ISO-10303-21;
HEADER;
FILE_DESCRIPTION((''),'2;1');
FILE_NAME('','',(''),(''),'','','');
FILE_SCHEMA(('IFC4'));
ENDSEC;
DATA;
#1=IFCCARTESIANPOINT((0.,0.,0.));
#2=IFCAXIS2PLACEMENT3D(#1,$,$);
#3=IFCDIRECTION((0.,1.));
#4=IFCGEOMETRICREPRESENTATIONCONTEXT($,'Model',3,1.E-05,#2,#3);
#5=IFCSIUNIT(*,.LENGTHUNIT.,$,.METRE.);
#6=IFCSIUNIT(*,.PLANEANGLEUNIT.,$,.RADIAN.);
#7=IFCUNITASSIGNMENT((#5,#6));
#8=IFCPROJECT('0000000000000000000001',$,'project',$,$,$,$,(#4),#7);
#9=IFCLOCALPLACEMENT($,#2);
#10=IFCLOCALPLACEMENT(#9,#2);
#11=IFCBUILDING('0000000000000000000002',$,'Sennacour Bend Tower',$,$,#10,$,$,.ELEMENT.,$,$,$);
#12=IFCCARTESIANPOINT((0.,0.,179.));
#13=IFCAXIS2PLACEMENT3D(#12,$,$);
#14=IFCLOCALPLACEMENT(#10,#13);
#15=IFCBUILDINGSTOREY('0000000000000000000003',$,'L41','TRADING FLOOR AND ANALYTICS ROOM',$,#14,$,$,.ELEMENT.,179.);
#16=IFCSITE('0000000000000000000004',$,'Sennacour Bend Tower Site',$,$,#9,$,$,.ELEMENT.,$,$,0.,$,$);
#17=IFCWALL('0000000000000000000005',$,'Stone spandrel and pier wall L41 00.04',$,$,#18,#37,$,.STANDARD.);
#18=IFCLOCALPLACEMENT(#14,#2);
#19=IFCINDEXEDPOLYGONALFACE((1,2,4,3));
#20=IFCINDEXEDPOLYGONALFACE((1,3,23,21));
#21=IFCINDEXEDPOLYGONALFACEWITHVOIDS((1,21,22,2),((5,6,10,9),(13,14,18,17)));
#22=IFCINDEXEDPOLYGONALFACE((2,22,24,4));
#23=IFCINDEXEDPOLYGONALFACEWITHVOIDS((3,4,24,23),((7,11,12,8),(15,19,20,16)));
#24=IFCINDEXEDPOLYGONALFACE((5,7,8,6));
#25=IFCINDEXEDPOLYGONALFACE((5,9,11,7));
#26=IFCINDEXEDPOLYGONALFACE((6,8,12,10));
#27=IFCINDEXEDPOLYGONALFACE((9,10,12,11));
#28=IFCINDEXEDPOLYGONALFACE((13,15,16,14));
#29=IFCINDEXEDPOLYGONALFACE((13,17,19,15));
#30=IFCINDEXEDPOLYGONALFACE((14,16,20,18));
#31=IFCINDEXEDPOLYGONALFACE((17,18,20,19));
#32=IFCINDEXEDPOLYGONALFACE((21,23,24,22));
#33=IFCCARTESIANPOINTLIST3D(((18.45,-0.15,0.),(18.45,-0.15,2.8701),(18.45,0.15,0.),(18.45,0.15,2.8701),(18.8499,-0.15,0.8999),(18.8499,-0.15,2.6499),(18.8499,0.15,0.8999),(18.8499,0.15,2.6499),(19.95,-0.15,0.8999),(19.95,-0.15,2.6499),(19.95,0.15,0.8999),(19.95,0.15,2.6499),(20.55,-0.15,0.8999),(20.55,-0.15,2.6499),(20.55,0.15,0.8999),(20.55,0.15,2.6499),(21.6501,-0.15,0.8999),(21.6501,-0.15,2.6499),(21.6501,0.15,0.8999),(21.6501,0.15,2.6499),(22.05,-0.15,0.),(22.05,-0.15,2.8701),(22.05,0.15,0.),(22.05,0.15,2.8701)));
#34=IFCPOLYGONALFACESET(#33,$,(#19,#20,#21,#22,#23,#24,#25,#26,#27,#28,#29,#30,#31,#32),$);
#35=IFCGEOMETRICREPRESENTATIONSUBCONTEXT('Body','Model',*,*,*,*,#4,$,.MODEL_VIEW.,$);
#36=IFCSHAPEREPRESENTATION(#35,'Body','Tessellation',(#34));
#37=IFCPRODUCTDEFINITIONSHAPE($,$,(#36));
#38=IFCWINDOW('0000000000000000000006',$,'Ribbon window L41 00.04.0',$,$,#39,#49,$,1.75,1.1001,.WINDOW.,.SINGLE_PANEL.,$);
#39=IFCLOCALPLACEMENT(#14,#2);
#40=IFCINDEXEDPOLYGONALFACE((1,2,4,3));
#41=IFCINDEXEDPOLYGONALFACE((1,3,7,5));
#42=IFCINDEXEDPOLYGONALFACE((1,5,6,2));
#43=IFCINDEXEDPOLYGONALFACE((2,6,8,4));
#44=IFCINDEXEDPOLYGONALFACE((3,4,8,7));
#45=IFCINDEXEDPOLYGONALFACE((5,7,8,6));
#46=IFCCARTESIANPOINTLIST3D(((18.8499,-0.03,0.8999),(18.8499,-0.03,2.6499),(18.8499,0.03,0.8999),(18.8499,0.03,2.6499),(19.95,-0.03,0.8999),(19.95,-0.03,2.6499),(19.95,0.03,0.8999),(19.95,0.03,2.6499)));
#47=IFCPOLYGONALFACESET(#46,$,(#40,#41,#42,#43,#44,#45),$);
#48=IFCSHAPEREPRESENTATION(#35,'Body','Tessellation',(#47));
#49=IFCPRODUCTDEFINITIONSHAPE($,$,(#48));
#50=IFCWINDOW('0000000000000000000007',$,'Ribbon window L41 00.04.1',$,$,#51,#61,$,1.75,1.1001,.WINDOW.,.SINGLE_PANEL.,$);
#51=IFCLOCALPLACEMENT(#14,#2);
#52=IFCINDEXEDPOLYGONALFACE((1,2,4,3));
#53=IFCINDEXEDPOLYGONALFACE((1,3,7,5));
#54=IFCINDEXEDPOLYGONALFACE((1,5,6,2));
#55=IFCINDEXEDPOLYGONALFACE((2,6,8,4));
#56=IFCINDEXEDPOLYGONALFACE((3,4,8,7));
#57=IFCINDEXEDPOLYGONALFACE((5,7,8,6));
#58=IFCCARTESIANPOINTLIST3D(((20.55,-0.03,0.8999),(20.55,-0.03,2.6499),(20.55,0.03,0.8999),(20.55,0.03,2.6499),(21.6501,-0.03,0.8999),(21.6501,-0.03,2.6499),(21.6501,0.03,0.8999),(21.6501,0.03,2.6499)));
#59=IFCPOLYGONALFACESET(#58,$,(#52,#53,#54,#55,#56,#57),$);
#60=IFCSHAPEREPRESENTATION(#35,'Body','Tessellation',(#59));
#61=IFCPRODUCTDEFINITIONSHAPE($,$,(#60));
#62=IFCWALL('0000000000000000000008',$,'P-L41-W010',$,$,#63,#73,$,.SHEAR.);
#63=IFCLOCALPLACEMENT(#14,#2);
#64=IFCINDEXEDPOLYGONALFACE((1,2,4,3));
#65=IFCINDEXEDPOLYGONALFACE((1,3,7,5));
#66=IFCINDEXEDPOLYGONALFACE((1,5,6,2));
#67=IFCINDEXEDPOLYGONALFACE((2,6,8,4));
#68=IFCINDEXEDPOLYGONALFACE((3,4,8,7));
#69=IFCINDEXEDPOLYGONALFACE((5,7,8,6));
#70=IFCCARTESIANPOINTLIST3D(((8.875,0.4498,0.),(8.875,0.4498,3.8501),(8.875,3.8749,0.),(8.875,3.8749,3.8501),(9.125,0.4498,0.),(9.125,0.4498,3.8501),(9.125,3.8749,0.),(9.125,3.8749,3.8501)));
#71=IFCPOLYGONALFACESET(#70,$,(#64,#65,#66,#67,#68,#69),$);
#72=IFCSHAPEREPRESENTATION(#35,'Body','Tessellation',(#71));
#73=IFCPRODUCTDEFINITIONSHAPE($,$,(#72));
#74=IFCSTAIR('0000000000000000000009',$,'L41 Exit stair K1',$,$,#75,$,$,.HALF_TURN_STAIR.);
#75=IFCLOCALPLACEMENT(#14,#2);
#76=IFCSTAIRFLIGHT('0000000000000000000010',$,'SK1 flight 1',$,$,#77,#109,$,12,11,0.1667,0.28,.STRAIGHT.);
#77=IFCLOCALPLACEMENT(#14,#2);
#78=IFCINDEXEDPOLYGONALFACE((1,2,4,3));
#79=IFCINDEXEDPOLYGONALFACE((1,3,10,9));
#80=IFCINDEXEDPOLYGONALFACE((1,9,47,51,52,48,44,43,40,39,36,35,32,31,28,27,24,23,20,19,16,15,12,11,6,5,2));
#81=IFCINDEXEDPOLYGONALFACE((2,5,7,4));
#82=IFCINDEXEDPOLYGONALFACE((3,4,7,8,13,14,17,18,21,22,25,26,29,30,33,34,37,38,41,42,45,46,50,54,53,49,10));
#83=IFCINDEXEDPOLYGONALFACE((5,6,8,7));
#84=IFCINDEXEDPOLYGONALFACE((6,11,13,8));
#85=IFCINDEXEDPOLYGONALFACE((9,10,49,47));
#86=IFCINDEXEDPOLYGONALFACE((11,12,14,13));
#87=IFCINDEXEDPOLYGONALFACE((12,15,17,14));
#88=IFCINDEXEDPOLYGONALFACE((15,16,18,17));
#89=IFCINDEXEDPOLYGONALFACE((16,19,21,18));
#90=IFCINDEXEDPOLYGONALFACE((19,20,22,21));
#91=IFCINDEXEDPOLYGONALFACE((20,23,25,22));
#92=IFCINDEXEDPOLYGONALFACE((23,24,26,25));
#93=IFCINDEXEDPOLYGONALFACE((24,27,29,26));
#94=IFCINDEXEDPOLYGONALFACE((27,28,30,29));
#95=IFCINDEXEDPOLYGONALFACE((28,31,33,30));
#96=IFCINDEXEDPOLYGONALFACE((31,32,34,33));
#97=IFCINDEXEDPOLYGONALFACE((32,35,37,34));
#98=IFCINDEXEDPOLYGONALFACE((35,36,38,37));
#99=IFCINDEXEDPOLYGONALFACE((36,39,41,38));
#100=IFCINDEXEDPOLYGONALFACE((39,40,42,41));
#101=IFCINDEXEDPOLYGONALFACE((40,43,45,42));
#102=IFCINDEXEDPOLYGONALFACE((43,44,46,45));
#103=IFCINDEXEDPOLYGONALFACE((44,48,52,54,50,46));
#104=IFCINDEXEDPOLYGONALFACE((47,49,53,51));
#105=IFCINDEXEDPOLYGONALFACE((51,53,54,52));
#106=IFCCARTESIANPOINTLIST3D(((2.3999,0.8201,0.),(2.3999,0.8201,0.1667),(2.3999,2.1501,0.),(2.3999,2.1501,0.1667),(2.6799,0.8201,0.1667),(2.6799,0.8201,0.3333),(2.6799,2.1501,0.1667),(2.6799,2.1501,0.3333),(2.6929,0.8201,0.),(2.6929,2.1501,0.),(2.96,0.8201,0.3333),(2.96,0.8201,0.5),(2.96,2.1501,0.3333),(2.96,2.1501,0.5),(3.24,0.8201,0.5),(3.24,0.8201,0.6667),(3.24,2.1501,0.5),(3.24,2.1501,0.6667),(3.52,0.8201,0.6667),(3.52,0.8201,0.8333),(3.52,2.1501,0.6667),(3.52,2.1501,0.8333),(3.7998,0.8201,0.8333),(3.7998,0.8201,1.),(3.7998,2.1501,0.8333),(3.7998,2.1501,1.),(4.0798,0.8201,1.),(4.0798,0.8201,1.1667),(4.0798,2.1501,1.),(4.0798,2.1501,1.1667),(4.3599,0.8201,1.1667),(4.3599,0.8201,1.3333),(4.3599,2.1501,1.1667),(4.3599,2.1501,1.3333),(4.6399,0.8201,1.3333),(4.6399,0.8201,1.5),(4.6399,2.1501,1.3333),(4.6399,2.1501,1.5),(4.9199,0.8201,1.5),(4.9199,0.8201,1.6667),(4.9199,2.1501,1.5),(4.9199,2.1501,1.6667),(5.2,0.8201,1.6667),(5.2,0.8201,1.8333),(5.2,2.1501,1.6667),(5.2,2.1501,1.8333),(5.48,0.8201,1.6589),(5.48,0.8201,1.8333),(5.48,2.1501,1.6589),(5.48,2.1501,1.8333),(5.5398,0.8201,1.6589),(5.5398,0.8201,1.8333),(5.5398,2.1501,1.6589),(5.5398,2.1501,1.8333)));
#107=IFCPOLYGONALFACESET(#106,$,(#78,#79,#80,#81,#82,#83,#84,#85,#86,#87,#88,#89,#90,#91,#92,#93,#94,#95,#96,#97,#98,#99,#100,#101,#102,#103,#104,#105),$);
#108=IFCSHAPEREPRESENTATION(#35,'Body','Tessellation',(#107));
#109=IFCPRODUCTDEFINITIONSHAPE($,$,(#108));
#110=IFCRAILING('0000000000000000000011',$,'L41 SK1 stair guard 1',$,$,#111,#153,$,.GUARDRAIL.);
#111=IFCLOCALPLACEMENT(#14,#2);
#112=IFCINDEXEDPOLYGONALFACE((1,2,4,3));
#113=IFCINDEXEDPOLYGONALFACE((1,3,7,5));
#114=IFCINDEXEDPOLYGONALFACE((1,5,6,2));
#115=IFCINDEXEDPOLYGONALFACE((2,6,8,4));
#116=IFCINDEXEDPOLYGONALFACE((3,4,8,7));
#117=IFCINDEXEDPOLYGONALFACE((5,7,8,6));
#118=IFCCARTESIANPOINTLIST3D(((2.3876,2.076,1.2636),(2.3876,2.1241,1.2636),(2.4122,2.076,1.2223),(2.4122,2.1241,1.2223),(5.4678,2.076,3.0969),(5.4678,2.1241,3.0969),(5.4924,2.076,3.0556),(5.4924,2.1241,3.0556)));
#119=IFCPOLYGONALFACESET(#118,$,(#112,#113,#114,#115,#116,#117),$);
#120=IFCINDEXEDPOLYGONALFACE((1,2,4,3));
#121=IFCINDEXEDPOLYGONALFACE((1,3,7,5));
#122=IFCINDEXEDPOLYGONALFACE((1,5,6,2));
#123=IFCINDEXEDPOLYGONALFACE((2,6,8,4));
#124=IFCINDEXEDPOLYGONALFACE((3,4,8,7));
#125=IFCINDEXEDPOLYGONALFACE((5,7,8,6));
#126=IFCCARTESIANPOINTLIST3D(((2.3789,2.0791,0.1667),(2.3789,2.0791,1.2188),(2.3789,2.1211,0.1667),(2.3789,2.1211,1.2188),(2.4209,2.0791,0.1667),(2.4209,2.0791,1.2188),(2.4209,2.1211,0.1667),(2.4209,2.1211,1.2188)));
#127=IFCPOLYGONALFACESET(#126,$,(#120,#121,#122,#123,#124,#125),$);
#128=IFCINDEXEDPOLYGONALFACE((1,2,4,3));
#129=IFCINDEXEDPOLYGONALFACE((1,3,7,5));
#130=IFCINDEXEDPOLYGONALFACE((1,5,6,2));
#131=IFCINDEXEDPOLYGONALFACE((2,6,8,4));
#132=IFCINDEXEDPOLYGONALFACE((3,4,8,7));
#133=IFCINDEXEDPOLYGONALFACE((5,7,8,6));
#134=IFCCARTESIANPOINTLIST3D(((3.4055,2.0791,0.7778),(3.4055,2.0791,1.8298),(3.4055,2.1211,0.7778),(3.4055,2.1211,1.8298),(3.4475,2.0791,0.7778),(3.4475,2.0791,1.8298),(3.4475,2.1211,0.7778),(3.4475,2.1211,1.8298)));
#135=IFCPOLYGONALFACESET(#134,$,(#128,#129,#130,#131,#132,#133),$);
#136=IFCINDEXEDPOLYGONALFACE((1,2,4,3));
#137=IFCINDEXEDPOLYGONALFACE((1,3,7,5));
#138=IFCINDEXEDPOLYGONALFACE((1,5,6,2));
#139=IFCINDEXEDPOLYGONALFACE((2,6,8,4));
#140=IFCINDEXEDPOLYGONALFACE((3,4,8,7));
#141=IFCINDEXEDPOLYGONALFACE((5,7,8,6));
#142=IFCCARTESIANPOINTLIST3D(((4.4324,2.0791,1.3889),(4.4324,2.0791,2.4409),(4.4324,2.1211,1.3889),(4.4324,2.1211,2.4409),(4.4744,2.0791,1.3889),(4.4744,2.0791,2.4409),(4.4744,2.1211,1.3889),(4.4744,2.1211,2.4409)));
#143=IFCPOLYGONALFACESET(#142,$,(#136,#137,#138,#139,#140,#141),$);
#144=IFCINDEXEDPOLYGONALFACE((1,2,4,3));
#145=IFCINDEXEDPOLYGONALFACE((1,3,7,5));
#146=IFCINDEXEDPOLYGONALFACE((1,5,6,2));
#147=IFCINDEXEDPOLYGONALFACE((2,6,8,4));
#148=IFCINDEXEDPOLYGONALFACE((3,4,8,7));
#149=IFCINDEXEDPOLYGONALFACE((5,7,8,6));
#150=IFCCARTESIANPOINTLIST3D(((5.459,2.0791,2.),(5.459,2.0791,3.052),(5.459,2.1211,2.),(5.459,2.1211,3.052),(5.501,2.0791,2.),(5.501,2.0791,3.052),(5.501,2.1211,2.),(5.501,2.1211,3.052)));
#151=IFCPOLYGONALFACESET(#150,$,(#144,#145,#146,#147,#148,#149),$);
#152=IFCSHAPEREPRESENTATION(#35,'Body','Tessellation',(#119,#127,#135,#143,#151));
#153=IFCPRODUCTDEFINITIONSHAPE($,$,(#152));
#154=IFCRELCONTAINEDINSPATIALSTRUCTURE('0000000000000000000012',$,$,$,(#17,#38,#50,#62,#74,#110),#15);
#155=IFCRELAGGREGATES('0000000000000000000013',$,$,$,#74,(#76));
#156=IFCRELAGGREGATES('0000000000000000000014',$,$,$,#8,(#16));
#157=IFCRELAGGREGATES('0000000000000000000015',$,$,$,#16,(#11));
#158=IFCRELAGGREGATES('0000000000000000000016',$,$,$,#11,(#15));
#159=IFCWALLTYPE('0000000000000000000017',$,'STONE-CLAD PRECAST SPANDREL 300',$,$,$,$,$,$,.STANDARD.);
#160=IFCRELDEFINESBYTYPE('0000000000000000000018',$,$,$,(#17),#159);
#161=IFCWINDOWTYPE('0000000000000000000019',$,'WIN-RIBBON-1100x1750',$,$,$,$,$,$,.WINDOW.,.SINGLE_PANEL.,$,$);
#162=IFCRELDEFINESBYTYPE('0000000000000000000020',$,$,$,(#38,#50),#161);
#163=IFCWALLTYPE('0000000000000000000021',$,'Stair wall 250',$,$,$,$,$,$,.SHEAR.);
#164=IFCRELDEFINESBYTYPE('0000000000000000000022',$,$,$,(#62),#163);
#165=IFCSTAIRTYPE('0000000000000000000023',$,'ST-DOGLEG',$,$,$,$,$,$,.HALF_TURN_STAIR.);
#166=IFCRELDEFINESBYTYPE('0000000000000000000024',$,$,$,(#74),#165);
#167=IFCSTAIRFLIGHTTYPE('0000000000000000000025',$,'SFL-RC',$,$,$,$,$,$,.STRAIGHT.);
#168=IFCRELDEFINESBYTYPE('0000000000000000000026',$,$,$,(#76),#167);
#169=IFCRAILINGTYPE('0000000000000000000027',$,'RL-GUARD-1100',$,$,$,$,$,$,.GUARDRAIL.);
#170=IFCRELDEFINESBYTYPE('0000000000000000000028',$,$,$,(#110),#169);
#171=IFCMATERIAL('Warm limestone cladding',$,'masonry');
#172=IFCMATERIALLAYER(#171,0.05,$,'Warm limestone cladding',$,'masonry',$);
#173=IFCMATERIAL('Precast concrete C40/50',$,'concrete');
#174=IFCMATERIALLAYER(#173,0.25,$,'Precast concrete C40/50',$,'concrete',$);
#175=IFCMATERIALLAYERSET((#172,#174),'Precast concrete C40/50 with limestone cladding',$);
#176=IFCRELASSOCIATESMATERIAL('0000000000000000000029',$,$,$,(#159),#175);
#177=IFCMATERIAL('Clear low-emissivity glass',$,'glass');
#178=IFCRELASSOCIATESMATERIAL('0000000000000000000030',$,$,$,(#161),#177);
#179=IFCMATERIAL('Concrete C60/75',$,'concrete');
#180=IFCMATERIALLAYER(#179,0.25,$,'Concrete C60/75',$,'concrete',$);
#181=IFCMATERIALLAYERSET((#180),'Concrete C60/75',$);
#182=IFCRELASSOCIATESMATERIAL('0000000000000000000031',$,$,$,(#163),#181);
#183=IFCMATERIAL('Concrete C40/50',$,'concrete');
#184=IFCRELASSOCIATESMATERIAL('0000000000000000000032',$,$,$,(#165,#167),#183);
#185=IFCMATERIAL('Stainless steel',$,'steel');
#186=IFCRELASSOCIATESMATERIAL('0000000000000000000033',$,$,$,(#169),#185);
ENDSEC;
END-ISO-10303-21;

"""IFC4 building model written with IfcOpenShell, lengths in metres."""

from ifc_helpers import new_model, si_unit, direction, frame, frame_2d, origin, origin_2d, place, context, subcontext, project, spatial, polyline, rectangle, outline, extrude, material, layer, layer_set, type_object, element, fill, aggregate, save


model = new_model("IFC4")

# Units and contexts
model_context = context("Model", 3, precision=1e-05, world=origin(), true_north=direction((0.0, 1.0)))
body_context = subcontext(model_context, "Body", "Model", "MODEL_VIEW")
ifc_project = project(units=[si_unit("LENGTHUNIT", "METRE"), si_unit("PLANEANGLEUNIT", "RADIAN")], contexts=[model_context])

# Site, building, storey
site_placement = place(None, origin())
site = spatial("IfcSite", under=ifc_project, at=site_placement, Name="Sennacour Bend Tower Site", CompositionType="ELEMENT", RefElevation=0.0)
building_placement = place(site_placement, origin())
building = spatial("IfcBuilding", under=site, at=building_placement, Name="Sennacour Bend Tower", CompositionType="ELEMENT")
storey_placement = place(building_placement, frame((0.0, 0.0, 179.0)))
storey = spatial("IfcBuildingStorey", under=building, at=storey_placement, Name="L41", Description="TRADING FLOOR AND ANALYTICS ROOM", CompositionType="ELEMENT", Elevation=179.0)

# Wall, openings, windows
ifc_material_1 = material(Name="Warm limestone cladding", Category="masonry")
ifc_layer_1 = layer(ifc_material_1, 0.05, Name="Warm limestone cladding", Category="masonry")
ifc_material_2 = material(Name="Precast concrete C40/50", Category="concrete")
ifc_layer_2 = layer(ifc_material_2, 0.25, Name="Precast concrete C40/50", Category="concrete")
ifc_layer_set_1 = layer_set([ifc_layer_1, ifc_layer_2], Name="Precast concrete C40/50 with limestone cladding")
wall_type_1 = type_object("IfcWallType", Name="STONE-CLAD PRECAST SPANDREL 300", PredefinedType="STANDARD", material=ifc_layer_set_1)
ifc_material_3 = material(Name="Clear low-emissivity glass", Category="glass")
window_type_1 = type_object("IfcWindowType", Name="WIN-RIBBON-1100x1750", PartitioningType="SINGLE_PANEL", PredefinedType="WINDOW", material=ifc_material_3)
wall_1_placement = place(storey_placement, frame((18.45, 0.0, 0.0), z_axis=(0.0, 0.0, 1.0), x_axis=(1.0, 0.0, 0.0)))
wall_1 = element("IfcWall", 1, at=wall_1_placement, inside=storey, type_object=wall_type_1, Name="Stone spandrel and pier wall L41 00.04", PredefinedType="STANDARD", context=body_context, shape_type="SweptSolid", body=[
    extrude(rectangle(XDim=3.6001, YDim=0.3, at=frame_2d((1.8, 0.0))), origin(), (0.0, 0.0, 1.0), 2.8701),
])
opening_1_placement = place(wall_1_placement, frame((0.3999, 0.0, 0.8999)))
opening_1 = element("IfcOpeningElement", 2, at=opening_1_placement, cuts=wall_1, PredefinedType="OPENING", context=body_context, shape_type="SweptSolid", body=[
    extrude(rectangle(XDim=1.1001, YDim=1.75, at=frame_2d((0.55, 0.875))), frame((0.0, 0.1602, 0.0), z_axis=(0.0, -1.0, 0.0), x_axis=(1.0, 0.0, 0.0)), (0.0, 0.0, 1.0), 0.3201),
])
opening_2_placement = place(wall_1_placement, frame((2.1001, 0.0, 0.8999)))
opening_2 = element("IfcOpeningElement", 3, at=opening_2_placement, cuts=wall_1, PredefinedType="OPENING", context=body_context, shape_type="SweptSolid", body=[
    extrude(rectangle(XDim=1.1001, YDim=1.75, at=frame_2d((0.55, 0.875))), frame((0.0, 0.1602, 0.0), z_axis=(0.0, -1.0, 0.0), x_axis=(1.0, 0.0, 0.0)), (0.0, 0.0, 1.0), 0.3201),
])
window_1_placement = place(opening_1_placement, origin())
window_1 = element("IfcWindow", 4, at=window_1_placement, inside=storey, type_object=window_type_1, Name="Ribbon window L41 00.04.0", OverallHeight=1.75, OverallWidth=1.1001, PartitioningType="SINGLE_PANEL", PredefinedType="WINDOW", context=body_context, shape_type="SweptSolid", body=[
    extrude(rectangle(XDim=1.1001, YDim=1.75, at=frame_2d((0.55, 0.875))), frame((0.0, 0.03, 0.0), z_axis=(0.0, -1.0, 0.0), x_axis=(1.0, 0.0, 0.0)), (0.0, 0.0, 1.0), 0.0601),
])
fill(opening_1, window_1)
window_2_placement = place(opening_2_placement, origin())
window_2 = element("IfcWindow", 5, at=window_2_placement, inside=storey, type_object=window_type_1, Name="Ribbon window L41 00.04.1", OverallHeight=1.75, OverallWidth=1.1001, PartitioningType="SINGLE_PANEL", PredefinedType="WINDOW", context=body_context, shape_type="SweptSolid", body=[
    extrude(rectangle(XDim=1.1001, YDim=1.75, at=frame_2d((0.55, 0.875))), frame((0.0, 0.03, 0.0), z_axis=(0.0, -1.0, 0.0), x_axis=(1.0, 0.0, 0.0)), (0.0, 0.0, 1.0), 0.0601),
])
fill(opening_2, window_2)

# Wall
ifc_material_4 = material(Name="Concrete C60/75", Category="concrete")
ifc_layer_3 = layer(ifc_material_4, 0.25, Name="Concrete C60/75", Category="concrete")
ifc_layer_set_2 = layer_set([ifc_layer_3], Name="Concrete C60/75")
wall_type_2 = type_object("IfcWallType", Name="Stair wall 250", PredefinedType="SHEAR", material=ifc_layer_set_2)
wall_2_placement = place(storey_placement, frame((9.0, 0.45, 0.0), z_axis=(0.0, 0.0, 1.0), x_axis=(0.0, 1.0, 0.0)))
element("IfcWall", 6, at=wall_2_placement, inside=storey, type_object=wall_type_2, Name="P-L41-W010", PredefinedType="SHEAR", context=body_context, shape_type="SweptSolid", body=[
    extrude(rectangle(XDim=3.425, YDim=0.25, at=frame_2d((1.7124, 0.0))), origin(), (0.0, 0.0, 1.0), 3.8501),
])

# Stair, stair flight
ifc_material_5 = material(Name="Concrete C40/50", Category="concrete")
stair_type = type_object("IfcStairType", Name="ST-DOGLEG", PredefinedType="HALF_TURN_STAIR", material=ifc_material_5)
stair_placement = place(storey_placement, origin())
stair = element("IfcStair", 7, at=stair_placement, inside=storey, type_object=stair_type, Name="L41 Exit stair K1", PredefinedType="HALF_TURN_STAIR")
stair_flight_type = type_object("IfcStairFlightType", Name="SFL-RC", PredefinedType="STRAIGHT", material=ifc_material_5)
stair_flight_placement = place(storey_placement, frame((2.3999, 1.4851, 0.0), z_axis=(0.0, 0.0, 1.0), x_axis=(1.0, 0.0, 0.0)))
stair_flight = element("IfcStairFlight", 8, at=stair_flight_placement, type_object=stair_flight_type, Name="SK1 flight 1", NumberOfRisers=12, NumberOfTreads=11, PredefinedType="STRAIGHT", RiserHeight=0.1667, TreadLength=0.28, context=body_context, shape_type="SweptSolid", body=[
    extrude(outline(polyline([(0.0, 0.0), (0.0, 0.1667), (0.28, 0.1667), (0.28, 0.3333), (0.5601, 0.3333), (0.5601, 0.5), (0.8401, 0.5), (0.8401, 0.6667), (1.1201, 0.6667), (1.1201, 0.8333), (1.3999, 0.8333), (1.3999, 1.0), (1.6799, 1.0), (1.6799, 1.1667), (1.96, 1.1667), (1.96, 1.3333), (2.24, 1.3333), (2.24, 1.5), (2.52, 1.5), (2.52, 1.6667), (2.8, 1.6667), (2.8, 1.8333), (3.0801, 1.8333), (3.1399, 1.8333), (3.1399, 1.6589), (3.0801, 1.6589), (0.293, 0.0), (0.0, 0.0)])), frame((0.0, 0.665, 0.0), z_axis=(0.0, -1.0, 0.0), x_axis=(1.0, 0.0, 0.0)), (0.0, 0.0, 1.0), 1.3301),
])
aggregate(stair, [stair_flight])

# Railing
ifc_material_6 = material(Name="Stainless steel", Category="steel")
railing_type_1 = type_object("IfcRailingType", Name="RL-GUARD-1100", PredefinedType="GUARDRAIL", material=ifc_material_6)
railing_1_placement = place(storey_placement, frame((2.3999, 2.1001, 0.1667)))
element("IfcRailing", 9, at=railing_1_placement, inside=storey, type_object=railing_type_1, Name="L41 SK1 stair guard 1", PredefinedType="GUARDRAIL", context=body_context, shape_type="SweptSolid", body=[
    extrude(rectangle(XDim=0.0481, YDim=0.0481, at=origin_2d()), frame((0.0, 0.0, 1.0762), z_axis=(0.859309, 0.0, 0.511458), x_axis=(0.0, 1.0, 0.0)), (0.0, 0.0, 1.0), 3.5845),
    extrude(rectangle(XDim=0.042, YDim=0.042, at=origin_2d()), origin(), (0.0, 0.0, 1.0), 1.052),
    extrude(rectangle(XDim=0.042, YDim=0.042, at=origin_2d()), frame((1.0266, 0.0, 0.6111)), (0.0, 0.0, 1.0), 1.052),
    extrude(rectangle(XDim=0.042, YDim=0.042, at=origin_2d()), frame((2.0535, 0.0, 1.2222)), (0.0, 0.0, 1.0), 1.052),
    extrude(rectangle(XDim=0.042, YDim=0.042, at=origin_2d()), frame((3.0801, 0.0, 1.8333)), (0.0, 0.0, 1.0), 1.052),
])

save(model, "model.ifc")
